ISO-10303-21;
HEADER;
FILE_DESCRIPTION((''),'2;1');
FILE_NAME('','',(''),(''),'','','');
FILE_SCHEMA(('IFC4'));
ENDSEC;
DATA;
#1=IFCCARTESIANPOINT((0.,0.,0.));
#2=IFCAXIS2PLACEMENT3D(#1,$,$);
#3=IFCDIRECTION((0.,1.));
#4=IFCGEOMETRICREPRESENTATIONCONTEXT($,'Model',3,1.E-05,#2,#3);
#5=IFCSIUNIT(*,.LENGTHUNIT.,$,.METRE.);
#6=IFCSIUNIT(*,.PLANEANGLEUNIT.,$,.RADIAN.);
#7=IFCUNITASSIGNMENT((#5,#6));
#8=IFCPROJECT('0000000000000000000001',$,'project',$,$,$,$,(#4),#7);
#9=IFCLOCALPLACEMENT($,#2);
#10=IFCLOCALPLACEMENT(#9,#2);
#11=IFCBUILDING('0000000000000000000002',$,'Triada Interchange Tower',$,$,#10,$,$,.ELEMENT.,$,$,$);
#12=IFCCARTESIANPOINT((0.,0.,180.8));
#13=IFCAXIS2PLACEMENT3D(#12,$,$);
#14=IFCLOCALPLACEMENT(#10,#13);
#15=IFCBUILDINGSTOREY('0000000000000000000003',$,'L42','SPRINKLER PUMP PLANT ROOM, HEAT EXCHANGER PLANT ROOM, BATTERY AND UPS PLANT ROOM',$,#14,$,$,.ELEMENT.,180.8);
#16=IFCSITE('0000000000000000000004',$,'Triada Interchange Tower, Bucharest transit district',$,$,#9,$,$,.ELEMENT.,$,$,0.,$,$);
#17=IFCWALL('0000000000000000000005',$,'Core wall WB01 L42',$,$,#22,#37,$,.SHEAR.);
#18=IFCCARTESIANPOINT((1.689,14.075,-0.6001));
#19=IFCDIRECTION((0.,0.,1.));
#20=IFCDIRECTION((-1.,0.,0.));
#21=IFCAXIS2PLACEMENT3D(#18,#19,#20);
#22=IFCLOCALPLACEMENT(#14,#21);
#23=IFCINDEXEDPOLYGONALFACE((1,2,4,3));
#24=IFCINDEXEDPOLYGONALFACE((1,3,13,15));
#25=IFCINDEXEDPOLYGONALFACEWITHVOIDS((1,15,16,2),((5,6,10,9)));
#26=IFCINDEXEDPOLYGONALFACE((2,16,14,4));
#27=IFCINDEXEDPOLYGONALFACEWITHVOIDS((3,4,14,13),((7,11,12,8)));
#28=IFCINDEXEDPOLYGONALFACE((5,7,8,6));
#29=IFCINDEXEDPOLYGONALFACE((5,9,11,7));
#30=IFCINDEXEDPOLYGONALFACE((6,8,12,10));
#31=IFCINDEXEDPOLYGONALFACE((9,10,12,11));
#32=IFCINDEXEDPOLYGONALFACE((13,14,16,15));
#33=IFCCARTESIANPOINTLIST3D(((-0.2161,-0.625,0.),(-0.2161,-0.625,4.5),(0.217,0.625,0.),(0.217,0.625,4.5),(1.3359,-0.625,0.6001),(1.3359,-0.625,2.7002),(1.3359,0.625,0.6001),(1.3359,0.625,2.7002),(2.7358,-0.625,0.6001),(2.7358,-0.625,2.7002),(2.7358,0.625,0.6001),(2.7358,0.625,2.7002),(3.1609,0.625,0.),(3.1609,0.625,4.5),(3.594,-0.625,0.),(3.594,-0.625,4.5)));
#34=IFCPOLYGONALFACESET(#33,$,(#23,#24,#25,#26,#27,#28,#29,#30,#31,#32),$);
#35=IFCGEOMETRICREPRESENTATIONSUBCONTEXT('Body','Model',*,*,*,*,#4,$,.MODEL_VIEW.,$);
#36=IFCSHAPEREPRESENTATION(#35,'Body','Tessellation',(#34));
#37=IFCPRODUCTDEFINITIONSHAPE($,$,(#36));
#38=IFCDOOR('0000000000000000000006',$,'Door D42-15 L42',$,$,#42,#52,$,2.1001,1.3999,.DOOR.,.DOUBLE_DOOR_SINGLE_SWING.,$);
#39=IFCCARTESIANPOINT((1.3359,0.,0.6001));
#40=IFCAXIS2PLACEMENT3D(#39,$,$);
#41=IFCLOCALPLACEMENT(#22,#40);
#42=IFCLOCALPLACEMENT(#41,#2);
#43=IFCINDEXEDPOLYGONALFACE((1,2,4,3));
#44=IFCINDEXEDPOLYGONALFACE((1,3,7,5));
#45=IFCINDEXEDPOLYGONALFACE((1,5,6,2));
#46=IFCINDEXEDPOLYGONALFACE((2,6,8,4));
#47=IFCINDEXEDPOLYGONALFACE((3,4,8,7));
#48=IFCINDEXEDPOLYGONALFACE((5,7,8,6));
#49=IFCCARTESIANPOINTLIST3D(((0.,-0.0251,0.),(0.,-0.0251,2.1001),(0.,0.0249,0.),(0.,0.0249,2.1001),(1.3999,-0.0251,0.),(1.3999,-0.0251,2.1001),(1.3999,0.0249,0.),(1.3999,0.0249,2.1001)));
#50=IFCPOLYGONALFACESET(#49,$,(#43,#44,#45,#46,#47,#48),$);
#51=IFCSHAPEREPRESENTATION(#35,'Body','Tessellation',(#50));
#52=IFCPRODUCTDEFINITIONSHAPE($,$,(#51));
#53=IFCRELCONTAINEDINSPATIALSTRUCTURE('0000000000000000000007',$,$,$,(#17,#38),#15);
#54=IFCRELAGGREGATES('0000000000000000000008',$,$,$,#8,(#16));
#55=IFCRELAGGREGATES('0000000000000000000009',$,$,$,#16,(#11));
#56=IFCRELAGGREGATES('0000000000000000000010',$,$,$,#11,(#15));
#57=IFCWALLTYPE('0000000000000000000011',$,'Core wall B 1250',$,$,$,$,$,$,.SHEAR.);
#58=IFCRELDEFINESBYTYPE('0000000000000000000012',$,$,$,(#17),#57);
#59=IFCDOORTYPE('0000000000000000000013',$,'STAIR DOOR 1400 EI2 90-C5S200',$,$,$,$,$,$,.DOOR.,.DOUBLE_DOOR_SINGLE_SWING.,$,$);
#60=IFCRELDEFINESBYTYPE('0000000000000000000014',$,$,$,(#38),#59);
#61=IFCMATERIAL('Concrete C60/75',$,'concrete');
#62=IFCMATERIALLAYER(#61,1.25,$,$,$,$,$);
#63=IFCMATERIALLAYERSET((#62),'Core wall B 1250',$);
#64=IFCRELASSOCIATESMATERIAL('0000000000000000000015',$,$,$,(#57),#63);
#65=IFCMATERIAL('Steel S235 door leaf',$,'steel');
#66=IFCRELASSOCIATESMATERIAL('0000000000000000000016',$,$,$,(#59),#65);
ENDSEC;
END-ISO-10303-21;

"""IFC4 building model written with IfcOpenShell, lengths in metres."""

from ifc_helpers import new_model, si_unit, direction, frame, frame_2d, origin, place, context, subcontext, project, spatial, polyline, rectangle, outline, extrude, material, layer, layer_set, type_object, element, fill, save


model = new_model("IFC4")

# Units and contexts
model_context = context("Model", 3, precision=1e-05, world=origin(), true_north=direction((0.0, 1.0)))
body_context = subcontext(model_context, "Body", "Model", "MODEL_VIEW")
ifc_project = project(units=[si_unit("LENGTHUNIT", "METRE"), si_unit("PLANEANGLEUNIT", "RADIAN")], contexts=[model_context])

# Site, building, storey
site_placement = place(None, origin())
site = spatial("IfcSite", under=ifc_project, at=site_placement, Name="Triada Interchange Tower, Bucharest transit district", CompositionType="ELEMENT", RefElevation=0.0)
building_placement = place(site_placement, origin())
building = spatial("IfcBuilding", under=site, at=building_placement, Name="Triada Interchange Tower", CompositionType="ELEMENT")
storey_placement = place(building_placement, frame((0.0, 0.0, 180.8)))
storey = spatial("IfcBuildingStorey", under=building, at=storey_placement, Name="L42", Description="SPRINKLER PUMP PLANT ROOM, HEAT EXCHANGER PLANT ROOM, BATTERY AND UPS PLANT ROOM", CompositionType="ELEMENT", Elevation=180.8)

# Shared definitions
ifc_material_1 = material(Name="Concrete C60/75", Category="concrete")

# Wall, opening, door
ifc_layer_1 = layer(ifc_material_1, 1.25)
ifc_layer_set_1 = layer_set([ifc_layer_1], Name="Core wall B 1250")
wall_type_1 = type_object("IfcWallType", Name="Core wall B 1250", PredefinedType="SHEAR", material=ifc_layer_set_1)
wall_1_placement = place(storey_placement, frame((1.689, 14.075, -0.6001), z_axis=(0.0, 0.0, 1.0), x_axis=(-1.0, 0.0, 0.0)))
wall_1 = element("IfcWall", 1, at=wall_1_placement, inside=storey, type_object=wall_type_1, Name="Core wall WB01 L42", PredefinedType="SHEAR", context=body_context, shape_type="SweptSolid", body=[
    extrude(outline(polyline([(-0.2161, -0.625), (1.689, -0.625), (3.594, -0.625), (3.1609, 0.625), (1.689, 0.625), (0.217, 0.625), (-0.2161, -0.625)])), origin(), (0.0, 0.0, 1.0), 4.5),
])
opening_1_placement = place(wall_1_placement, frame((1.3359, 0.0, 0.6001)))
opening_1 = element("IfcOpeningElement", 2, at=opening_1_placement, cuts=wall_1, PredefinedType="OPENING", context=body_context, shape_type="SweptSolid", body=[
    extrude(rectangle(XDim=1.3999, YDim=2.1001, at=frame_2d((0.7, 1.05))), frame((0.0, 0.635, 0.0), z_axis=(0.0, -1.0, 0.0), x_axis=(1.0, 0.0, 0.0)), (0.0, 0.0, 1.0), 1.27),
])
ifc_material_2 = material(Name="Steel S235 door leaf", Category="steel")
door_type_1 = type_object("IfcDoorType", Name="STAIR DOOR 1400 EI2 90-C5S200", OperationType="DOUBLE_DOOR_SINGLE_SWING", PredefinedType="DOOR", material=ifc_material_2)
door_1_placement = place(opening_1_placement, origin())
door_1 = element("IfcDoor", 3, at=door_1_placement, inside=storey, type_object=door_type_1, Name="Door D42-15 L42", OperationType="DOUBLE_DOOR_SINGLE_SWING", OverallHeight=2.1001, OverallWidth=1.3999, PredefinedType="DOOR", context=body_context, shape_type="SweptSolid", body=[
    extrude(rectangle(XDim=1.3999, YDim=2.1001, at=frame_2d((0.7, 1.05))), frame((0.0, 0.0249, 0.0), z_axis=(0.0, -1.0, 0.0), x_axis=(1.0, 0.0, 0.0)), (0.0, 0.0, 1.0), 0.05),
])
fill(opening_1, door_1)

save(model, "model.ifc")
